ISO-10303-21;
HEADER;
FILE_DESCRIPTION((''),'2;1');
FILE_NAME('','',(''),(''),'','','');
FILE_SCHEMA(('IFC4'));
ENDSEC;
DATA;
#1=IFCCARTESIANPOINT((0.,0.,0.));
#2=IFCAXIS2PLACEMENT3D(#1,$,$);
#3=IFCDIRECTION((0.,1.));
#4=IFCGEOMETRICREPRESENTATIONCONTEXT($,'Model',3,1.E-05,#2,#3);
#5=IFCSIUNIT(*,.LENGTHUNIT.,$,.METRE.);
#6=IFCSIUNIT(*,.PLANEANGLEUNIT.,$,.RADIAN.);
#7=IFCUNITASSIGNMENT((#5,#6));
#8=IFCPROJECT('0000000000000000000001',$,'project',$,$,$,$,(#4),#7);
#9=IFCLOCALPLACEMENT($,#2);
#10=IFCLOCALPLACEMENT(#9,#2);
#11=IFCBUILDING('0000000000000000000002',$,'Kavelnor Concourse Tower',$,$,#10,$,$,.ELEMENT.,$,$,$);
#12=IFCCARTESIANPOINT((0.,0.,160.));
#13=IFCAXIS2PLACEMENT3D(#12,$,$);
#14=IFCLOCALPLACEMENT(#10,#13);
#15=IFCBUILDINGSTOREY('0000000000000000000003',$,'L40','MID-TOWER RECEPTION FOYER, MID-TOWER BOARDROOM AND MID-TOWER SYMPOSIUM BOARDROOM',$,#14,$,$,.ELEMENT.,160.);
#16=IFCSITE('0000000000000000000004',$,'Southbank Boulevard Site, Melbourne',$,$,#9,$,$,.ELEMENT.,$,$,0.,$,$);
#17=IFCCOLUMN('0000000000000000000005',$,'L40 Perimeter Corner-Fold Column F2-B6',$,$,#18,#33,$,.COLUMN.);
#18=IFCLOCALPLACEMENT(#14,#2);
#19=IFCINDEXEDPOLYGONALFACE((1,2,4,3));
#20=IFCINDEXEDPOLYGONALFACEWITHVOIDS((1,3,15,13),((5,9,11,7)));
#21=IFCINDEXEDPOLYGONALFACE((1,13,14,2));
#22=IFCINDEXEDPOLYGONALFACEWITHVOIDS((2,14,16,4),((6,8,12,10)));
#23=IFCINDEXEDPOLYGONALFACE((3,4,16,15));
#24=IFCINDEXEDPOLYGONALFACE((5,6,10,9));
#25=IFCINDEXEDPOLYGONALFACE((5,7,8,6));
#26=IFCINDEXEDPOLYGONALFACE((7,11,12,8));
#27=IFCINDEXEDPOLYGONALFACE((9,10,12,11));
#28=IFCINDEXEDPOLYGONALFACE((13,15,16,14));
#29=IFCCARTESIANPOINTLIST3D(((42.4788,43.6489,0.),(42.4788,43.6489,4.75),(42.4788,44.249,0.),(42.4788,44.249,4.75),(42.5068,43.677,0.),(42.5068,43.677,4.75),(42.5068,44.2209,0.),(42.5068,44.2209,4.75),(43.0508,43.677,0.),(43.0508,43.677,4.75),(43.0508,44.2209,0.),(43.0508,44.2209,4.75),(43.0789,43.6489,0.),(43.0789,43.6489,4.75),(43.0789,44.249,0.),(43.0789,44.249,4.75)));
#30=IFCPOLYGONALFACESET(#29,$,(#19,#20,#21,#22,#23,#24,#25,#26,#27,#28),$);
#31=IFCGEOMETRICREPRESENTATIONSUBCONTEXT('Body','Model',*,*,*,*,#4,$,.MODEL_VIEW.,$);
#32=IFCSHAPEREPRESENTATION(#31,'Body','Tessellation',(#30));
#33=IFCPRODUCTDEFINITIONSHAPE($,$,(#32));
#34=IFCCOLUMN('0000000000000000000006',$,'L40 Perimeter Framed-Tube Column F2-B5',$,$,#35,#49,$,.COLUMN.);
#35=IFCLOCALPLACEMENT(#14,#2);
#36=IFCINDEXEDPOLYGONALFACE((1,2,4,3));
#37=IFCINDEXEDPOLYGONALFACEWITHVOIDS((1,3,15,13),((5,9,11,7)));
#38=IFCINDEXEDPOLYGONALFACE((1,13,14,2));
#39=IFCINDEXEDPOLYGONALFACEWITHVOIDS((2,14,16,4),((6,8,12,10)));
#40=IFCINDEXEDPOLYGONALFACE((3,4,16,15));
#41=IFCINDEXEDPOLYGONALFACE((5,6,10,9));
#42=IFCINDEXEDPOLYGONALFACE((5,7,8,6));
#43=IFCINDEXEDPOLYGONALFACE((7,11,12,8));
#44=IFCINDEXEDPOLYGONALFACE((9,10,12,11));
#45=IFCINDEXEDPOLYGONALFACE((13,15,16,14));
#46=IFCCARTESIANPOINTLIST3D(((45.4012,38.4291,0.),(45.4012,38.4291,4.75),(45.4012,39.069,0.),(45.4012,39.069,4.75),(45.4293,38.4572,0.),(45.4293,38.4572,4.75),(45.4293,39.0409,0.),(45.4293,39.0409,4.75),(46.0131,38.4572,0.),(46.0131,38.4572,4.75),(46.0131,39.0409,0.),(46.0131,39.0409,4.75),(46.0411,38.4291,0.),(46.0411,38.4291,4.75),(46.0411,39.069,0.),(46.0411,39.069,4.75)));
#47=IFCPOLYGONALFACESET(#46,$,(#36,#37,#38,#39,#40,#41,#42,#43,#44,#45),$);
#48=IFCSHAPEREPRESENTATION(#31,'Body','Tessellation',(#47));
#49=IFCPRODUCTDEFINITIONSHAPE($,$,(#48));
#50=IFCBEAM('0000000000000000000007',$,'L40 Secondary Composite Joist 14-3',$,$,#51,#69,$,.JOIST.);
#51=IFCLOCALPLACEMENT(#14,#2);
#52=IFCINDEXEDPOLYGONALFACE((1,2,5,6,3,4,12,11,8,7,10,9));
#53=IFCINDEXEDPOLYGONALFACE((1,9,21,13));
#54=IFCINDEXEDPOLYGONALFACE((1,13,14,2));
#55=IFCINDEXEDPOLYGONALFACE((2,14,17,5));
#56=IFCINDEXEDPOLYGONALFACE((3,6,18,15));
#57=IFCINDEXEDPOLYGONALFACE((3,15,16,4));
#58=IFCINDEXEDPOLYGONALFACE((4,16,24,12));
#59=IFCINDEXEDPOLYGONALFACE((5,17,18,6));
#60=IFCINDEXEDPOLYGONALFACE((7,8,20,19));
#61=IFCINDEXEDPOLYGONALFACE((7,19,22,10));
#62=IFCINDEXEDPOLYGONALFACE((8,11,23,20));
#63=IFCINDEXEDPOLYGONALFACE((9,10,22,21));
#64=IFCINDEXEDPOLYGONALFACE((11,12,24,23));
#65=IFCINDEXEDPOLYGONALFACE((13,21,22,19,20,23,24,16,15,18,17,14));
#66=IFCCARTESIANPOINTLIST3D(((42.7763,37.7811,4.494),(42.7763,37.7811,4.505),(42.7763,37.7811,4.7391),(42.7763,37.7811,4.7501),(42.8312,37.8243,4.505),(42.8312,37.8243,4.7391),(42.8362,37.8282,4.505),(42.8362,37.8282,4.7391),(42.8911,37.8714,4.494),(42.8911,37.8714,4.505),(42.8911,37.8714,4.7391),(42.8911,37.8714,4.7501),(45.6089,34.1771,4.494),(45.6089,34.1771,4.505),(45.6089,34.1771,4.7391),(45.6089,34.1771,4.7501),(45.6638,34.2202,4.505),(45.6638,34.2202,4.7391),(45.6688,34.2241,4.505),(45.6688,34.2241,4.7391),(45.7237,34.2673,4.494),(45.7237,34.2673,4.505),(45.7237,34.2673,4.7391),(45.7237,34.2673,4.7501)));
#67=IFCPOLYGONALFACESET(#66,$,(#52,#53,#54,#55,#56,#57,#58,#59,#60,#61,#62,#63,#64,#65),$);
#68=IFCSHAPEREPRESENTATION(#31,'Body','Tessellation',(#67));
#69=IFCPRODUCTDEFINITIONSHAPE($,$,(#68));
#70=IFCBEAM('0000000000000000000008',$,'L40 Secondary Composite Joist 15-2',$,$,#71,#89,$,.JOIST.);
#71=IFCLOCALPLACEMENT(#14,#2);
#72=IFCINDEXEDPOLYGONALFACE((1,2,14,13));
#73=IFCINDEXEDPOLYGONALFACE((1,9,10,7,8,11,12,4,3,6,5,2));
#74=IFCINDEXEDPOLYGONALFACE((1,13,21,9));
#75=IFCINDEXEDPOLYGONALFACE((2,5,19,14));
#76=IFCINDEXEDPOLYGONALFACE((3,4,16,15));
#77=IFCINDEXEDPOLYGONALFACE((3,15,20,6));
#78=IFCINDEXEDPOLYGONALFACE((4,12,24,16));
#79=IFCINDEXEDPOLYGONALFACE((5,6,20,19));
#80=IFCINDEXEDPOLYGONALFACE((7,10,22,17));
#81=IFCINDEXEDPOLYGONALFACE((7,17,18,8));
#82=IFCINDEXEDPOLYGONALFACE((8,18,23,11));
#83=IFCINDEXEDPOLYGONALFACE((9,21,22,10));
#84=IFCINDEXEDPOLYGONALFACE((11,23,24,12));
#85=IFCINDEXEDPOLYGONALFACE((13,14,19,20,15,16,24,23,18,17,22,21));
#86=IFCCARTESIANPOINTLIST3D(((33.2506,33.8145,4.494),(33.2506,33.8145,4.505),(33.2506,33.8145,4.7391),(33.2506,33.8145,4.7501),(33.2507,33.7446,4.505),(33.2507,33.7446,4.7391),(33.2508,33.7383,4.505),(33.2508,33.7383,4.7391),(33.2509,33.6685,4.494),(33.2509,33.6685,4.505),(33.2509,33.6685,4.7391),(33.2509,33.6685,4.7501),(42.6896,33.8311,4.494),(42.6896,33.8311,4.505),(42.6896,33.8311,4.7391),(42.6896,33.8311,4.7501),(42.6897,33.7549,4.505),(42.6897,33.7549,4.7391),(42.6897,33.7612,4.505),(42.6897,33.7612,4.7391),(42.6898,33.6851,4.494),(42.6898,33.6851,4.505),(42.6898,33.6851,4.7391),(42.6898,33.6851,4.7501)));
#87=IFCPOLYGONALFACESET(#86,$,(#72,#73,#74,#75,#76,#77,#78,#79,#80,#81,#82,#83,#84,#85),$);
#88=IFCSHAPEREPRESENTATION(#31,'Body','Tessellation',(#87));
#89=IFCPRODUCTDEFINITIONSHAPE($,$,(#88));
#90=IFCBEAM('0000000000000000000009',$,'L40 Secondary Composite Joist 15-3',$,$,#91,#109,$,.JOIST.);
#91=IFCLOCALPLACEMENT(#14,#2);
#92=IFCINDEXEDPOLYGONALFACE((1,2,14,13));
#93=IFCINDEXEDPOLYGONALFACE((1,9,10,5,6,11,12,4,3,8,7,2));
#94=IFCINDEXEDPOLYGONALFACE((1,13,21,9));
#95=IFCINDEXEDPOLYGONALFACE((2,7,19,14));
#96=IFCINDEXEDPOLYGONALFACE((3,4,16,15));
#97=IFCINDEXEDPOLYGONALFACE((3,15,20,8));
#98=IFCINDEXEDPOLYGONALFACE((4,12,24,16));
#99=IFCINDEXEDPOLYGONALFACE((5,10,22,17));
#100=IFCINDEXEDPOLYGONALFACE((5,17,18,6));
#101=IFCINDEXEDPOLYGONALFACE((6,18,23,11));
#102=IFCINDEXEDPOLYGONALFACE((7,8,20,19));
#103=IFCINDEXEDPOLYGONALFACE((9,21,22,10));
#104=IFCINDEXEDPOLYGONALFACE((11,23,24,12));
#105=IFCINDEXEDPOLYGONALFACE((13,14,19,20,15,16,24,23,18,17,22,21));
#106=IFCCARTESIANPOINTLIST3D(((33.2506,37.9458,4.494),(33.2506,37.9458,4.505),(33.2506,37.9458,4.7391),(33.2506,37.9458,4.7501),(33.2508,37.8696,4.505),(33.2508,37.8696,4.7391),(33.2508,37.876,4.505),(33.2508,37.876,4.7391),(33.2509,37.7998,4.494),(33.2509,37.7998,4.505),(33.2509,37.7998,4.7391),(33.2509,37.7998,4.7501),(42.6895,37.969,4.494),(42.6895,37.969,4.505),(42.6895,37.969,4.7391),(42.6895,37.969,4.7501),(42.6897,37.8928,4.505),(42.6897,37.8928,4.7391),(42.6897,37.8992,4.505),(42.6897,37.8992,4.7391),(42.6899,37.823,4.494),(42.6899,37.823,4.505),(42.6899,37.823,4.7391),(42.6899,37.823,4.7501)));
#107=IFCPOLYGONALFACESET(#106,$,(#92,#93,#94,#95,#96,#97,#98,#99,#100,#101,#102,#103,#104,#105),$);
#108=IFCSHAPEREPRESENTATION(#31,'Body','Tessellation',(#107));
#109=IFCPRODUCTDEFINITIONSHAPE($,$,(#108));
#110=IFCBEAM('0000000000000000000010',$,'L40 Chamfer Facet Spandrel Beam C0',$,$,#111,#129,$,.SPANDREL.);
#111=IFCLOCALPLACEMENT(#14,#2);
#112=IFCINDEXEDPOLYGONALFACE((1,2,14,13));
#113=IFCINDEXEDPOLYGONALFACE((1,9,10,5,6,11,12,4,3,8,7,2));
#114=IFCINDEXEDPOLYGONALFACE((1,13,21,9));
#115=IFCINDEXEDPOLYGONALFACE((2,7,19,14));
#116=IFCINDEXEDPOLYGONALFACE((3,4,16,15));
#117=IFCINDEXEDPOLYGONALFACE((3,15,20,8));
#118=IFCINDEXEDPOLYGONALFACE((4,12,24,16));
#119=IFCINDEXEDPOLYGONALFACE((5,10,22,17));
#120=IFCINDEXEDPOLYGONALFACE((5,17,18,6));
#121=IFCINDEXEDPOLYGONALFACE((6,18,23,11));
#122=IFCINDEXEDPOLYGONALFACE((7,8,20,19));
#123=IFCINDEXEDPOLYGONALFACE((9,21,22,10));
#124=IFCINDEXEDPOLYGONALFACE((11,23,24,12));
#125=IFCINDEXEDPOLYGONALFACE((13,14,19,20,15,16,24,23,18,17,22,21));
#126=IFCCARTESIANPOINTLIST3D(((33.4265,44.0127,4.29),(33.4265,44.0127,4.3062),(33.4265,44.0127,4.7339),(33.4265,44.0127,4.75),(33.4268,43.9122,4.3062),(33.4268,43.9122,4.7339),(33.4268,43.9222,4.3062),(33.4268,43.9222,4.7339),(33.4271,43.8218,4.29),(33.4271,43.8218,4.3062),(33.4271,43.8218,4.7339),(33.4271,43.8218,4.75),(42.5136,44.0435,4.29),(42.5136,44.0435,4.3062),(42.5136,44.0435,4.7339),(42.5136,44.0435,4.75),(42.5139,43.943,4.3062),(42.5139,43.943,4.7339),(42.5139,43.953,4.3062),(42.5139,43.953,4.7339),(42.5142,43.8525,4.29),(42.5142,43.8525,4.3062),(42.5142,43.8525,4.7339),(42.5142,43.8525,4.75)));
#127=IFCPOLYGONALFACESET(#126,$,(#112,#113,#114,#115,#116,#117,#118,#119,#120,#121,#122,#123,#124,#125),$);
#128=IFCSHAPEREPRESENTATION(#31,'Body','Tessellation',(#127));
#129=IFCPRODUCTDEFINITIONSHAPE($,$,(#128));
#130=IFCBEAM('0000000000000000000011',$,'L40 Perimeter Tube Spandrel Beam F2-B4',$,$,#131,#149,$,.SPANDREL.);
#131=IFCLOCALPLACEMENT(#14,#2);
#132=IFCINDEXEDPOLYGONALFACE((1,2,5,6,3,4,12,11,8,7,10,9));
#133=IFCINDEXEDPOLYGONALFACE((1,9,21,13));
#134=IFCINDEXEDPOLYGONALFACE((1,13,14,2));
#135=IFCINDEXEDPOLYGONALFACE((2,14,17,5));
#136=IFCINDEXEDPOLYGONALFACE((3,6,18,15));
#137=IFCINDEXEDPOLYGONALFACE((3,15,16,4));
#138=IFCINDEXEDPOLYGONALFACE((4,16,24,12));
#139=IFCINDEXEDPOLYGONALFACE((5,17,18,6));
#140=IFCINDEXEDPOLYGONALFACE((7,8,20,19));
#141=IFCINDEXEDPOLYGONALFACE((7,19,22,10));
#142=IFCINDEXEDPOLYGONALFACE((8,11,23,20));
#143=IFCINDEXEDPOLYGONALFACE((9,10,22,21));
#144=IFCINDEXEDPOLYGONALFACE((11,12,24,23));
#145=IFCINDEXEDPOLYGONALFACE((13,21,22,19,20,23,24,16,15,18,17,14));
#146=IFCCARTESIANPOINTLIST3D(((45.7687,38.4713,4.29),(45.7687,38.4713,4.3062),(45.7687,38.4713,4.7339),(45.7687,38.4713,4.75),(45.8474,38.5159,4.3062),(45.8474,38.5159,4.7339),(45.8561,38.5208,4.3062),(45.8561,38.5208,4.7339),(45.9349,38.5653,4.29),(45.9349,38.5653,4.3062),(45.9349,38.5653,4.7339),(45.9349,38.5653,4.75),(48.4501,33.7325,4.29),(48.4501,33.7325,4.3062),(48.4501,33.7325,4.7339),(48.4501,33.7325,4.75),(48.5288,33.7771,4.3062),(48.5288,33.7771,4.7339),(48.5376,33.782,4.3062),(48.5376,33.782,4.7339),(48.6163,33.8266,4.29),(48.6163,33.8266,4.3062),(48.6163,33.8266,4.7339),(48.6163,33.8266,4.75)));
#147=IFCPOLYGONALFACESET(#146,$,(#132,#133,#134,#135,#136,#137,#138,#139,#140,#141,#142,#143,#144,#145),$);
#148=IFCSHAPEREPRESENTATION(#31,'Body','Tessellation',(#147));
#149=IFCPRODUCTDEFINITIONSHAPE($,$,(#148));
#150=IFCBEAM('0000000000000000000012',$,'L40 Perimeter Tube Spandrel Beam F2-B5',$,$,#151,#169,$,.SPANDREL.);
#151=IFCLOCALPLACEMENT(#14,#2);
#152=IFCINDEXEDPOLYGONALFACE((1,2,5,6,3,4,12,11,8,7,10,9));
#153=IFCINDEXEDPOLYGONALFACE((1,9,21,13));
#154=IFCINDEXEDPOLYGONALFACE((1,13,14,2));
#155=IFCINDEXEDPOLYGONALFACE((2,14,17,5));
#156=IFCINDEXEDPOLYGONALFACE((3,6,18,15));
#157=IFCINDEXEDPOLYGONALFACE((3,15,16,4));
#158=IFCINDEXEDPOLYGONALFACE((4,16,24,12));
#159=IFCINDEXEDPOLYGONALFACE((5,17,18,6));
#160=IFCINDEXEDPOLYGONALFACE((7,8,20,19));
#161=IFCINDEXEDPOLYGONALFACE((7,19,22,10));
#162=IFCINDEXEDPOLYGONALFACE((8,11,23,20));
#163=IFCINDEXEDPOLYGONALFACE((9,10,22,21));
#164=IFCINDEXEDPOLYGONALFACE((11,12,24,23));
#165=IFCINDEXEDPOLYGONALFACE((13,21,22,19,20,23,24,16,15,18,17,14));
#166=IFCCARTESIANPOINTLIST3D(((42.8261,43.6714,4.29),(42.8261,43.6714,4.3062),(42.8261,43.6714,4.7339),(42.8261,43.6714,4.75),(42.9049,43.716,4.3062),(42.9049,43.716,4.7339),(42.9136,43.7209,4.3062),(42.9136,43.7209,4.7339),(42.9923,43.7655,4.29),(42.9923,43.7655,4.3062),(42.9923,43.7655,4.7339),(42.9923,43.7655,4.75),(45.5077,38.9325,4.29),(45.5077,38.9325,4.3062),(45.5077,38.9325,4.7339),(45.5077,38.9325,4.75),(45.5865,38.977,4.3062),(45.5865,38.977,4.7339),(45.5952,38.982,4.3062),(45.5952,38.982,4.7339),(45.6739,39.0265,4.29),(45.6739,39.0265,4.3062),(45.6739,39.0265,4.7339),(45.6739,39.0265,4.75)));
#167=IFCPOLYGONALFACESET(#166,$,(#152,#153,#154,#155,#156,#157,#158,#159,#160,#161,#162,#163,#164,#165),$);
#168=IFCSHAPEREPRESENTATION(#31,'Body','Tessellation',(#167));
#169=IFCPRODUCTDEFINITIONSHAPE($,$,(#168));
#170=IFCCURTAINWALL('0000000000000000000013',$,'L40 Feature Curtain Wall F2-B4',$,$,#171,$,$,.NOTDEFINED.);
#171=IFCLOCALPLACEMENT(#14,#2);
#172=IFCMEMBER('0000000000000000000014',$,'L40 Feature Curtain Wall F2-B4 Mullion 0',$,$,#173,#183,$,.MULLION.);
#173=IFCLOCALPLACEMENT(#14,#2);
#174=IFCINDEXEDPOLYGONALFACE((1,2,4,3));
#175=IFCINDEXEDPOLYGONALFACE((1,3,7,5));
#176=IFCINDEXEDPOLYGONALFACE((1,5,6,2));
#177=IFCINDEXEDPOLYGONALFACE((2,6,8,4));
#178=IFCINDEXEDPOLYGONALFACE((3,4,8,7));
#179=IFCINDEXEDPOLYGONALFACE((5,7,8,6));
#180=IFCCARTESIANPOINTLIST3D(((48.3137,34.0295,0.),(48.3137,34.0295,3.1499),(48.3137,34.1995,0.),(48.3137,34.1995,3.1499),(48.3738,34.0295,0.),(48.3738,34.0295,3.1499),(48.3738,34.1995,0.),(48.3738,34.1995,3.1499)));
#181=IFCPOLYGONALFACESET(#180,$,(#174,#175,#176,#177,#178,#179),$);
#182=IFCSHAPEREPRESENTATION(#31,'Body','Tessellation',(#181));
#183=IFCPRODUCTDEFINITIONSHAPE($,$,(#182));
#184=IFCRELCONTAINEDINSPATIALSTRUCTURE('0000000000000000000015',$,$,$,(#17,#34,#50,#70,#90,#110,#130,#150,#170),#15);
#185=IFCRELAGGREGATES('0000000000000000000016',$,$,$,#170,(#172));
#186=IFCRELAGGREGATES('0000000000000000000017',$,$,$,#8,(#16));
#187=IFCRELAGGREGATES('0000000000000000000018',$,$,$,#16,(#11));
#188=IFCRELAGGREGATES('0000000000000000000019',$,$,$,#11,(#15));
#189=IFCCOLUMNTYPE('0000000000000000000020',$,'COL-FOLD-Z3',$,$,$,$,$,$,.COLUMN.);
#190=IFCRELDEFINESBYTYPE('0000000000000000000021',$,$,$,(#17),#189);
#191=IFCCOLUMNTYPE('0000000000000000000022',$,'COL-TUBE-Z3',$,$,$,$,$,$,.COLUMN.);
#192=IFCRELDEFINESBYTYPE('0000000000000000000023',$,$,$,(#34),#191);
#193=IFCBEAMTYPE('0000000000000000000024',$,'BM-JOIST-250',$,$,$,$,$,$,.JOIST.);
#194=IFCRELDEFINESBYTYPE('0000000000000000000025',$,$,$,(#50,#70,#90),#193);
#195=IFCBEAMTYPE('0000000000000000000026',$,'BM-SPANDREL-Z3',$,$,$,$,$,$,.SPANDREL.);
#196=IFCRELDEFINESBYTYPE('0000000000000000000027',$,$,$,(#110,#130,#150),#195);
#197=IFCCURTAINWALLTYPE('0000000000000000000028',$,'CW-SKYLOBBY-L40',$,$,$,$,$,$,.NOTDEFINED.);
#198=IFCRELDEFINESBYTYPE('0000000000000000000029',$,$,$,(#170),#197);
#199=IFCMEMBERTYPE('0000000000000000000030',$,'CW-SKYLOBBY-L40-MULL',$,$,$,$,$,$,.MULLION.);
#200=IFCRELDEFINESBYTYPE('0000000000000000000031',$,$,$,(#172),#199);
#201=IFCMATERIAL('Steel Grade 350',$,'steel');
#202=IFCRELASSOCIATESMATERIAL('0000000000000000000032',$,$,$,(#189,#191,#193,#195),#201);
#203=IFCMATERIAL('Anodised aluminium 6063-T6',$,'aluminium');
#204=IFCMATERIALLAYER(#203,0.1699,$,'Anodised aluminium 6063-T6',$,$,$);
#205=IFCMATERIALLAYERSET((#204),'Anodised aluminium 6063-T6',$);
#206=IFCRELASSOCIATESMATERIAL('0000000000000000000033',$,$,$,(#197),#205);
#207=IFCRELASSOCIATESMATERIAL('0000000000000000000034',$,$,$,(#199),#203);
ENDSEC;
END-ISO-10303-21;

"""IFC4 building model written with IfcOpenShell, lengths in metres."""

from ifc_helpers import new_model, si_unit, direction, frame, origin, origin_2d, place, context, subcontext, project, spatial, rectangle, hollow_rectangle, i_section, extrude, material, layer, layer_set, material_profile, profile_set, type_object, element, aggregate, save


model = new_model("IFC4")

# Units and contexts
model_context = context("Model", 3, precision=1e-05, world=origin(), true_north=direction((0.0, 1.0)))
body_context = subcontext(model_context, "Body", "Model", "MODEL_VIEW")
ifc_project = project(units=[si_unit("LENGTHUNIT", "METRE"), si_unit("PLANEANGLEUNIT", "RADIAN")], contexts=[model_context])

# Site, building, storey
site_placement = place(None, origin())
site = spatial("IfcSite", under=ifc_project, at=site_placement, Name="Southbank Boulevard Site, Melbourne", CompositionType="ELEMENT", RefElevation=0.0)
building_placement = place(site_placement, origin())
building = spatial("IfcBuilding", under=site, at=building_placement, Name="Kavelnor Concourse Tower", CompositionType="ELEMENT")
storey_placement = place(building_placement, frame((0.0, 0.0, 160.0)))
storey = spatial("IfcBuildingStorey", under=building, at=storey_placement, Name="L40", Description="MID-TOWER RECEPTION FOYER, MID-TOWER BOARDROOM AND MID-TOWER SYMPOSIUM BOARDROOM", CompositionType="ELEMENT", Elevation=160.0)

# Columns
ifc_material_1 = material(Name="Steel Grade 350", Category="steel")
ifc_material_profile_1 = material_profile(ifc_material_1, hollow_rectangle(XDim=0.6001, YDim=0.6001, WallThickness=0.0281, at=origin_2d()), Name="SHS 600x600x28")
ifc_profile_set_1 = profile_set([ifc_material_profile_1], Name="Steel Grade 350")
column_type_1 = type_object("IfcColumnType", Name="COL-FOLD-Z3", PredefinedType="COLUMN", material=ifc_profile_set_1)
column_1_placement = place(storey_placement, frame((42.7788, 43.949, 0.0), z_axis=(0.0, 0.0, 1.0), x_axis=(1.0, 0.0, 0.0)))
element("IfcColumn", 1, at=column_1_placement, inside=storey, type_object=column_type_1, Name="L40 Perimeter Corner-Fold Column F2-B6", PredefinedType="COLUMN", context=body_context, shape_type="SweptSolid", body=[
    extrude(hollow_rectangle(XDim=0.6001, YDim=0.6001, WallThickness=0.0281, at=origin_2d()), origin(), (0.0, 0.0, 1.0), 4.75),
])
ifc_material_profile_2 = material_profile(ifc_material_1, hollow_rectangle(XDim=0.6399, YDim=0.6399, WallThickness=0.0281, at=origin_2d()), Name="SHS 640x640x28")
ifc_profile_set_2 = profile_set([ifc_material_profile_2], Name="Steel Grade 350")
column_type_2 = type_object("IfcColumnType", Name="COL-TUBE-Z3", PredefinedType="COLUMN", material=ifc_profile_set_2)
column_2_placement = place(storey_placement, frame((45.7212, 38.749, 0.0), z_axis=(0.0, 0.0, 1.0), x_axis=(1.0, 0.0, 0.0)))
element("IfcColumn", 2, at=column_2_placement, inside=storey, type_object=column_type_2, Name="L40 Perimeter Framed-Tube Column F2-B5", PredefinedType="COLUMN", context=body_context, shape_type="SweptSolid", body=[
    extrude(hollow_rectangle(XDim=0.6399, YDim=0.6399, WallThickness=0.0281, at=origin_2d()), origin(), (0.0, 0.0, 1.0), 4.75),
])

# Beams
ifc_material_profile_3 = material_profile(ifc_material_1, i_section(OverallWidth=0.146, OverallDepth=0.2561, WebThickness=0.0063, FlangeThickness=0.011, at=origin_2d()), Name="250UB37")
ifc_profile_set_3 = profile_set([ifc_material_profile_3], Name="Steel Grade 350")
beam_type_1 = type_object("IfcBeamType", Name="BM-JOIST-250", PredefinedType="JOIST", material=ifc_profile_set_3)
beam_1_placement = place(storey_placement, frame((45.6663, 34.2222, 4.6221), z_axis=(-0.61793, 0.786233, 0.0), x_axis=(-0.786233, -0.61793, 0.0)))
element("IfcBeam", 3, at=beam_1_placement, inside=storey, type_object=beam_type_1, Name="L40 Secondary Composite Joist 14-3", PredefinedType="JOIST", context=body_context, shape_type="SweptSolid", body=[
    extrude(i_section(OverallWidth=0.146, OverallDepth=0.2561, WebThickness=0.0063, FlangeThickness=0.011, at=origin_2d()), origin(), (0.0, 0.0, 1.0), 4.584),
])
for number, where, z_axis, x_axis, name in (
    (4, (42.6897, 33.7581, 4.6221), (-0.999998, -0.001759, 0.0), (0.001759, -0.999998, 0.0), "L40 Secondary Composite Joist 15-2"),
    (5, (42.6897, 37.896, 4.6221), (-0.999997, -0.002457, 0.0), (0.002457, -0.999997, 0.0), "L40 Secondary Composite Joist 15-3"),
):
    element("IfcBeam", number, at=place(storey_placement, frame(where, z_axis=z_axis, x_axis=x_axis)), inside=storey, type_object=beam_type_1, Name=name, PredefinedType="JOIST", context=body_context, shape_type="SweptSolid", body=[
        extrude(i_section(OverallWidth=0.146, OverallDepth=0.2561, WebThickness=0.0063, FlangeThickness=0.011, at=origin_2d()), origin(), (0.0, 0.0, 1.0), 9.439),
    ])
ifc_material_profile_4 = material_profile(ifc_material_1, i_section(OverallWidth=0.1909, OverallDepth=0.46, WebThickness=0.01, FlangeThickness=0.0161, at=origin_2d()), Name="460UB82")
ifc_profile_set_4 = profile_set([ifc_material_profile_4], Name="Steel Grade 350")
beam_type_2 = type_object("IfcBeamType", Name="BM-SPANDREL-Z3", PredefinedType="SPANDREL", material=ifc_profile_set_4)
beam_2_placement = place(storey_placement, frame((42.5139, 43.948, 4.52), z_axis=(-0.999994, -0.003385, 0.0), x_axis=(0.003385, -0.999994, 0.0)))
element("IfcBeam", 6, at=beam_2_placement, inside=storey, type_object=beam_type_2, Name="L40 Chamfer Facet Spandrel Beam C0", PredefinedType="SPANDREL", context=body_context, shape_type="SweptSolid", body=[
    extrude(i_section(OverallWidth=0.1909, OverallDepth=0.46, WebThickness=0.01, FlangeThickness=0.0161, at=origin_2d()), origin(), (0.0, 0.0, 1.0), 9.0872),
])
beam_3_placement = place(storey_placement, frame((48.5332, 33.7795, 4.52), z_axis=(-0.492469, 0.87033, 0.0), x_axis=(-0.87033, -0.492469, 0.0)))
element("IfcBeam", 7, at=beam_3_placement, inside=storey, type_object=beam_type_2, Name="L40 Perimeter Tube Spandrel Beam F2-B4", PredefinedType="SPANDREL", context=body_context, shape_type="SweptSolid", body=[
    extrude(i_section(OverallWidth=0.1909, OverallDepth=0.46, WebThickness=0.01, FlangeThickness=0.0161, at=origin_2d()), origin(), (0.0, 0.0, 1.0), 5.4448),
])
beam_4_placement = place(storey_placement, frame((45.5908, 38.9795, 4.52), z_axis=(-0.492484, 0.870321, 0.0), x_axis=(-0.870321, -0.492484, 0.0)))
element("IfcBeam", 8, at=beam_4_placement, inside=storey, type_object=beam_type_2, Name="L40 Perimeter Tube Spandrel Beam F2-B5", PredefinedType="SPANDREL", context=body_context, shape_type="SweptSolid", body=[
    extrude(i_section(OverallWidth=0.1909, OverallDepth=0.46, WebThickness=0.01, FlangeThickness=0.0161, at=origin_2d()), origin(), (0.0, 0.0, 1.0), 5.4451),
])

# Curtain wall, member
ifc_material_2 = material(Name="Anodised aluminium 6063-T6", Category="aluminium")
ifc_layer_1 = layer(ifc_material_2, 0.1699, Name="Anodised aluminium 6063-T6")
ifc_layer_set_1 = layer_set([ifc_layer_1], Name="Anodised aluminium 6063-T6")
curtain_wall_type = type_object("IfcCurtainWallType", Name="CW-SKYLOBBY-L40", PredefinedType="NOTDEFINED", material=ifc_layer_set_1)
curtain_wall_placement = place(storey_placement, origin())
curtain_wall = element("IfcCurtainWall", 9, at=curtain_wall_placement, inside=storey, type_object=curtain_wall_type, Name="L40 Feature Curtain Wall F2-B4", PredefinedType="NOTDEFINED")
ifc_material_profile_5 = material_profile(ifc_material_2, rectangle(XDim=0.0601, YDim=0.1699, at=origin_2d()), Name="AL-MULL 60x170")
ifc_profile_set_5 = profile_set([ifc_material_profile_5], Name="Anodised aluminium 6063-T6")
member_type_1 = type_object("IfcMemberType", Name="CW-SKYLOBBY-L40-MULL", PredefinedType="MULLION", material=ifc_profile_set_5)
member_1_placement = place(storey_placement, frame((48.3438, 34.1145, 0.0), z_axis=(0.0, 0.0, 1.0), x_axis=(1.0, 0.0, 0.0)))
member_1 = element("IfcMember", 10, at=member_1_placement, type_object=member_type_1, Name="L40 Feature Curtain Wall F2-B4 Mullion 0", PredefinedType="MULLION", context=body_context, shape_type="SweptSolid", body=[
    extrude(rectangle(XDim=0.0601, YDim=0.1699, at=origin_2d()), origin(), (0.0, 0.0, 1.0), 3.1499),
])
aggregate(curtain_wall, [member_1])

save(model, "model.ifc")
